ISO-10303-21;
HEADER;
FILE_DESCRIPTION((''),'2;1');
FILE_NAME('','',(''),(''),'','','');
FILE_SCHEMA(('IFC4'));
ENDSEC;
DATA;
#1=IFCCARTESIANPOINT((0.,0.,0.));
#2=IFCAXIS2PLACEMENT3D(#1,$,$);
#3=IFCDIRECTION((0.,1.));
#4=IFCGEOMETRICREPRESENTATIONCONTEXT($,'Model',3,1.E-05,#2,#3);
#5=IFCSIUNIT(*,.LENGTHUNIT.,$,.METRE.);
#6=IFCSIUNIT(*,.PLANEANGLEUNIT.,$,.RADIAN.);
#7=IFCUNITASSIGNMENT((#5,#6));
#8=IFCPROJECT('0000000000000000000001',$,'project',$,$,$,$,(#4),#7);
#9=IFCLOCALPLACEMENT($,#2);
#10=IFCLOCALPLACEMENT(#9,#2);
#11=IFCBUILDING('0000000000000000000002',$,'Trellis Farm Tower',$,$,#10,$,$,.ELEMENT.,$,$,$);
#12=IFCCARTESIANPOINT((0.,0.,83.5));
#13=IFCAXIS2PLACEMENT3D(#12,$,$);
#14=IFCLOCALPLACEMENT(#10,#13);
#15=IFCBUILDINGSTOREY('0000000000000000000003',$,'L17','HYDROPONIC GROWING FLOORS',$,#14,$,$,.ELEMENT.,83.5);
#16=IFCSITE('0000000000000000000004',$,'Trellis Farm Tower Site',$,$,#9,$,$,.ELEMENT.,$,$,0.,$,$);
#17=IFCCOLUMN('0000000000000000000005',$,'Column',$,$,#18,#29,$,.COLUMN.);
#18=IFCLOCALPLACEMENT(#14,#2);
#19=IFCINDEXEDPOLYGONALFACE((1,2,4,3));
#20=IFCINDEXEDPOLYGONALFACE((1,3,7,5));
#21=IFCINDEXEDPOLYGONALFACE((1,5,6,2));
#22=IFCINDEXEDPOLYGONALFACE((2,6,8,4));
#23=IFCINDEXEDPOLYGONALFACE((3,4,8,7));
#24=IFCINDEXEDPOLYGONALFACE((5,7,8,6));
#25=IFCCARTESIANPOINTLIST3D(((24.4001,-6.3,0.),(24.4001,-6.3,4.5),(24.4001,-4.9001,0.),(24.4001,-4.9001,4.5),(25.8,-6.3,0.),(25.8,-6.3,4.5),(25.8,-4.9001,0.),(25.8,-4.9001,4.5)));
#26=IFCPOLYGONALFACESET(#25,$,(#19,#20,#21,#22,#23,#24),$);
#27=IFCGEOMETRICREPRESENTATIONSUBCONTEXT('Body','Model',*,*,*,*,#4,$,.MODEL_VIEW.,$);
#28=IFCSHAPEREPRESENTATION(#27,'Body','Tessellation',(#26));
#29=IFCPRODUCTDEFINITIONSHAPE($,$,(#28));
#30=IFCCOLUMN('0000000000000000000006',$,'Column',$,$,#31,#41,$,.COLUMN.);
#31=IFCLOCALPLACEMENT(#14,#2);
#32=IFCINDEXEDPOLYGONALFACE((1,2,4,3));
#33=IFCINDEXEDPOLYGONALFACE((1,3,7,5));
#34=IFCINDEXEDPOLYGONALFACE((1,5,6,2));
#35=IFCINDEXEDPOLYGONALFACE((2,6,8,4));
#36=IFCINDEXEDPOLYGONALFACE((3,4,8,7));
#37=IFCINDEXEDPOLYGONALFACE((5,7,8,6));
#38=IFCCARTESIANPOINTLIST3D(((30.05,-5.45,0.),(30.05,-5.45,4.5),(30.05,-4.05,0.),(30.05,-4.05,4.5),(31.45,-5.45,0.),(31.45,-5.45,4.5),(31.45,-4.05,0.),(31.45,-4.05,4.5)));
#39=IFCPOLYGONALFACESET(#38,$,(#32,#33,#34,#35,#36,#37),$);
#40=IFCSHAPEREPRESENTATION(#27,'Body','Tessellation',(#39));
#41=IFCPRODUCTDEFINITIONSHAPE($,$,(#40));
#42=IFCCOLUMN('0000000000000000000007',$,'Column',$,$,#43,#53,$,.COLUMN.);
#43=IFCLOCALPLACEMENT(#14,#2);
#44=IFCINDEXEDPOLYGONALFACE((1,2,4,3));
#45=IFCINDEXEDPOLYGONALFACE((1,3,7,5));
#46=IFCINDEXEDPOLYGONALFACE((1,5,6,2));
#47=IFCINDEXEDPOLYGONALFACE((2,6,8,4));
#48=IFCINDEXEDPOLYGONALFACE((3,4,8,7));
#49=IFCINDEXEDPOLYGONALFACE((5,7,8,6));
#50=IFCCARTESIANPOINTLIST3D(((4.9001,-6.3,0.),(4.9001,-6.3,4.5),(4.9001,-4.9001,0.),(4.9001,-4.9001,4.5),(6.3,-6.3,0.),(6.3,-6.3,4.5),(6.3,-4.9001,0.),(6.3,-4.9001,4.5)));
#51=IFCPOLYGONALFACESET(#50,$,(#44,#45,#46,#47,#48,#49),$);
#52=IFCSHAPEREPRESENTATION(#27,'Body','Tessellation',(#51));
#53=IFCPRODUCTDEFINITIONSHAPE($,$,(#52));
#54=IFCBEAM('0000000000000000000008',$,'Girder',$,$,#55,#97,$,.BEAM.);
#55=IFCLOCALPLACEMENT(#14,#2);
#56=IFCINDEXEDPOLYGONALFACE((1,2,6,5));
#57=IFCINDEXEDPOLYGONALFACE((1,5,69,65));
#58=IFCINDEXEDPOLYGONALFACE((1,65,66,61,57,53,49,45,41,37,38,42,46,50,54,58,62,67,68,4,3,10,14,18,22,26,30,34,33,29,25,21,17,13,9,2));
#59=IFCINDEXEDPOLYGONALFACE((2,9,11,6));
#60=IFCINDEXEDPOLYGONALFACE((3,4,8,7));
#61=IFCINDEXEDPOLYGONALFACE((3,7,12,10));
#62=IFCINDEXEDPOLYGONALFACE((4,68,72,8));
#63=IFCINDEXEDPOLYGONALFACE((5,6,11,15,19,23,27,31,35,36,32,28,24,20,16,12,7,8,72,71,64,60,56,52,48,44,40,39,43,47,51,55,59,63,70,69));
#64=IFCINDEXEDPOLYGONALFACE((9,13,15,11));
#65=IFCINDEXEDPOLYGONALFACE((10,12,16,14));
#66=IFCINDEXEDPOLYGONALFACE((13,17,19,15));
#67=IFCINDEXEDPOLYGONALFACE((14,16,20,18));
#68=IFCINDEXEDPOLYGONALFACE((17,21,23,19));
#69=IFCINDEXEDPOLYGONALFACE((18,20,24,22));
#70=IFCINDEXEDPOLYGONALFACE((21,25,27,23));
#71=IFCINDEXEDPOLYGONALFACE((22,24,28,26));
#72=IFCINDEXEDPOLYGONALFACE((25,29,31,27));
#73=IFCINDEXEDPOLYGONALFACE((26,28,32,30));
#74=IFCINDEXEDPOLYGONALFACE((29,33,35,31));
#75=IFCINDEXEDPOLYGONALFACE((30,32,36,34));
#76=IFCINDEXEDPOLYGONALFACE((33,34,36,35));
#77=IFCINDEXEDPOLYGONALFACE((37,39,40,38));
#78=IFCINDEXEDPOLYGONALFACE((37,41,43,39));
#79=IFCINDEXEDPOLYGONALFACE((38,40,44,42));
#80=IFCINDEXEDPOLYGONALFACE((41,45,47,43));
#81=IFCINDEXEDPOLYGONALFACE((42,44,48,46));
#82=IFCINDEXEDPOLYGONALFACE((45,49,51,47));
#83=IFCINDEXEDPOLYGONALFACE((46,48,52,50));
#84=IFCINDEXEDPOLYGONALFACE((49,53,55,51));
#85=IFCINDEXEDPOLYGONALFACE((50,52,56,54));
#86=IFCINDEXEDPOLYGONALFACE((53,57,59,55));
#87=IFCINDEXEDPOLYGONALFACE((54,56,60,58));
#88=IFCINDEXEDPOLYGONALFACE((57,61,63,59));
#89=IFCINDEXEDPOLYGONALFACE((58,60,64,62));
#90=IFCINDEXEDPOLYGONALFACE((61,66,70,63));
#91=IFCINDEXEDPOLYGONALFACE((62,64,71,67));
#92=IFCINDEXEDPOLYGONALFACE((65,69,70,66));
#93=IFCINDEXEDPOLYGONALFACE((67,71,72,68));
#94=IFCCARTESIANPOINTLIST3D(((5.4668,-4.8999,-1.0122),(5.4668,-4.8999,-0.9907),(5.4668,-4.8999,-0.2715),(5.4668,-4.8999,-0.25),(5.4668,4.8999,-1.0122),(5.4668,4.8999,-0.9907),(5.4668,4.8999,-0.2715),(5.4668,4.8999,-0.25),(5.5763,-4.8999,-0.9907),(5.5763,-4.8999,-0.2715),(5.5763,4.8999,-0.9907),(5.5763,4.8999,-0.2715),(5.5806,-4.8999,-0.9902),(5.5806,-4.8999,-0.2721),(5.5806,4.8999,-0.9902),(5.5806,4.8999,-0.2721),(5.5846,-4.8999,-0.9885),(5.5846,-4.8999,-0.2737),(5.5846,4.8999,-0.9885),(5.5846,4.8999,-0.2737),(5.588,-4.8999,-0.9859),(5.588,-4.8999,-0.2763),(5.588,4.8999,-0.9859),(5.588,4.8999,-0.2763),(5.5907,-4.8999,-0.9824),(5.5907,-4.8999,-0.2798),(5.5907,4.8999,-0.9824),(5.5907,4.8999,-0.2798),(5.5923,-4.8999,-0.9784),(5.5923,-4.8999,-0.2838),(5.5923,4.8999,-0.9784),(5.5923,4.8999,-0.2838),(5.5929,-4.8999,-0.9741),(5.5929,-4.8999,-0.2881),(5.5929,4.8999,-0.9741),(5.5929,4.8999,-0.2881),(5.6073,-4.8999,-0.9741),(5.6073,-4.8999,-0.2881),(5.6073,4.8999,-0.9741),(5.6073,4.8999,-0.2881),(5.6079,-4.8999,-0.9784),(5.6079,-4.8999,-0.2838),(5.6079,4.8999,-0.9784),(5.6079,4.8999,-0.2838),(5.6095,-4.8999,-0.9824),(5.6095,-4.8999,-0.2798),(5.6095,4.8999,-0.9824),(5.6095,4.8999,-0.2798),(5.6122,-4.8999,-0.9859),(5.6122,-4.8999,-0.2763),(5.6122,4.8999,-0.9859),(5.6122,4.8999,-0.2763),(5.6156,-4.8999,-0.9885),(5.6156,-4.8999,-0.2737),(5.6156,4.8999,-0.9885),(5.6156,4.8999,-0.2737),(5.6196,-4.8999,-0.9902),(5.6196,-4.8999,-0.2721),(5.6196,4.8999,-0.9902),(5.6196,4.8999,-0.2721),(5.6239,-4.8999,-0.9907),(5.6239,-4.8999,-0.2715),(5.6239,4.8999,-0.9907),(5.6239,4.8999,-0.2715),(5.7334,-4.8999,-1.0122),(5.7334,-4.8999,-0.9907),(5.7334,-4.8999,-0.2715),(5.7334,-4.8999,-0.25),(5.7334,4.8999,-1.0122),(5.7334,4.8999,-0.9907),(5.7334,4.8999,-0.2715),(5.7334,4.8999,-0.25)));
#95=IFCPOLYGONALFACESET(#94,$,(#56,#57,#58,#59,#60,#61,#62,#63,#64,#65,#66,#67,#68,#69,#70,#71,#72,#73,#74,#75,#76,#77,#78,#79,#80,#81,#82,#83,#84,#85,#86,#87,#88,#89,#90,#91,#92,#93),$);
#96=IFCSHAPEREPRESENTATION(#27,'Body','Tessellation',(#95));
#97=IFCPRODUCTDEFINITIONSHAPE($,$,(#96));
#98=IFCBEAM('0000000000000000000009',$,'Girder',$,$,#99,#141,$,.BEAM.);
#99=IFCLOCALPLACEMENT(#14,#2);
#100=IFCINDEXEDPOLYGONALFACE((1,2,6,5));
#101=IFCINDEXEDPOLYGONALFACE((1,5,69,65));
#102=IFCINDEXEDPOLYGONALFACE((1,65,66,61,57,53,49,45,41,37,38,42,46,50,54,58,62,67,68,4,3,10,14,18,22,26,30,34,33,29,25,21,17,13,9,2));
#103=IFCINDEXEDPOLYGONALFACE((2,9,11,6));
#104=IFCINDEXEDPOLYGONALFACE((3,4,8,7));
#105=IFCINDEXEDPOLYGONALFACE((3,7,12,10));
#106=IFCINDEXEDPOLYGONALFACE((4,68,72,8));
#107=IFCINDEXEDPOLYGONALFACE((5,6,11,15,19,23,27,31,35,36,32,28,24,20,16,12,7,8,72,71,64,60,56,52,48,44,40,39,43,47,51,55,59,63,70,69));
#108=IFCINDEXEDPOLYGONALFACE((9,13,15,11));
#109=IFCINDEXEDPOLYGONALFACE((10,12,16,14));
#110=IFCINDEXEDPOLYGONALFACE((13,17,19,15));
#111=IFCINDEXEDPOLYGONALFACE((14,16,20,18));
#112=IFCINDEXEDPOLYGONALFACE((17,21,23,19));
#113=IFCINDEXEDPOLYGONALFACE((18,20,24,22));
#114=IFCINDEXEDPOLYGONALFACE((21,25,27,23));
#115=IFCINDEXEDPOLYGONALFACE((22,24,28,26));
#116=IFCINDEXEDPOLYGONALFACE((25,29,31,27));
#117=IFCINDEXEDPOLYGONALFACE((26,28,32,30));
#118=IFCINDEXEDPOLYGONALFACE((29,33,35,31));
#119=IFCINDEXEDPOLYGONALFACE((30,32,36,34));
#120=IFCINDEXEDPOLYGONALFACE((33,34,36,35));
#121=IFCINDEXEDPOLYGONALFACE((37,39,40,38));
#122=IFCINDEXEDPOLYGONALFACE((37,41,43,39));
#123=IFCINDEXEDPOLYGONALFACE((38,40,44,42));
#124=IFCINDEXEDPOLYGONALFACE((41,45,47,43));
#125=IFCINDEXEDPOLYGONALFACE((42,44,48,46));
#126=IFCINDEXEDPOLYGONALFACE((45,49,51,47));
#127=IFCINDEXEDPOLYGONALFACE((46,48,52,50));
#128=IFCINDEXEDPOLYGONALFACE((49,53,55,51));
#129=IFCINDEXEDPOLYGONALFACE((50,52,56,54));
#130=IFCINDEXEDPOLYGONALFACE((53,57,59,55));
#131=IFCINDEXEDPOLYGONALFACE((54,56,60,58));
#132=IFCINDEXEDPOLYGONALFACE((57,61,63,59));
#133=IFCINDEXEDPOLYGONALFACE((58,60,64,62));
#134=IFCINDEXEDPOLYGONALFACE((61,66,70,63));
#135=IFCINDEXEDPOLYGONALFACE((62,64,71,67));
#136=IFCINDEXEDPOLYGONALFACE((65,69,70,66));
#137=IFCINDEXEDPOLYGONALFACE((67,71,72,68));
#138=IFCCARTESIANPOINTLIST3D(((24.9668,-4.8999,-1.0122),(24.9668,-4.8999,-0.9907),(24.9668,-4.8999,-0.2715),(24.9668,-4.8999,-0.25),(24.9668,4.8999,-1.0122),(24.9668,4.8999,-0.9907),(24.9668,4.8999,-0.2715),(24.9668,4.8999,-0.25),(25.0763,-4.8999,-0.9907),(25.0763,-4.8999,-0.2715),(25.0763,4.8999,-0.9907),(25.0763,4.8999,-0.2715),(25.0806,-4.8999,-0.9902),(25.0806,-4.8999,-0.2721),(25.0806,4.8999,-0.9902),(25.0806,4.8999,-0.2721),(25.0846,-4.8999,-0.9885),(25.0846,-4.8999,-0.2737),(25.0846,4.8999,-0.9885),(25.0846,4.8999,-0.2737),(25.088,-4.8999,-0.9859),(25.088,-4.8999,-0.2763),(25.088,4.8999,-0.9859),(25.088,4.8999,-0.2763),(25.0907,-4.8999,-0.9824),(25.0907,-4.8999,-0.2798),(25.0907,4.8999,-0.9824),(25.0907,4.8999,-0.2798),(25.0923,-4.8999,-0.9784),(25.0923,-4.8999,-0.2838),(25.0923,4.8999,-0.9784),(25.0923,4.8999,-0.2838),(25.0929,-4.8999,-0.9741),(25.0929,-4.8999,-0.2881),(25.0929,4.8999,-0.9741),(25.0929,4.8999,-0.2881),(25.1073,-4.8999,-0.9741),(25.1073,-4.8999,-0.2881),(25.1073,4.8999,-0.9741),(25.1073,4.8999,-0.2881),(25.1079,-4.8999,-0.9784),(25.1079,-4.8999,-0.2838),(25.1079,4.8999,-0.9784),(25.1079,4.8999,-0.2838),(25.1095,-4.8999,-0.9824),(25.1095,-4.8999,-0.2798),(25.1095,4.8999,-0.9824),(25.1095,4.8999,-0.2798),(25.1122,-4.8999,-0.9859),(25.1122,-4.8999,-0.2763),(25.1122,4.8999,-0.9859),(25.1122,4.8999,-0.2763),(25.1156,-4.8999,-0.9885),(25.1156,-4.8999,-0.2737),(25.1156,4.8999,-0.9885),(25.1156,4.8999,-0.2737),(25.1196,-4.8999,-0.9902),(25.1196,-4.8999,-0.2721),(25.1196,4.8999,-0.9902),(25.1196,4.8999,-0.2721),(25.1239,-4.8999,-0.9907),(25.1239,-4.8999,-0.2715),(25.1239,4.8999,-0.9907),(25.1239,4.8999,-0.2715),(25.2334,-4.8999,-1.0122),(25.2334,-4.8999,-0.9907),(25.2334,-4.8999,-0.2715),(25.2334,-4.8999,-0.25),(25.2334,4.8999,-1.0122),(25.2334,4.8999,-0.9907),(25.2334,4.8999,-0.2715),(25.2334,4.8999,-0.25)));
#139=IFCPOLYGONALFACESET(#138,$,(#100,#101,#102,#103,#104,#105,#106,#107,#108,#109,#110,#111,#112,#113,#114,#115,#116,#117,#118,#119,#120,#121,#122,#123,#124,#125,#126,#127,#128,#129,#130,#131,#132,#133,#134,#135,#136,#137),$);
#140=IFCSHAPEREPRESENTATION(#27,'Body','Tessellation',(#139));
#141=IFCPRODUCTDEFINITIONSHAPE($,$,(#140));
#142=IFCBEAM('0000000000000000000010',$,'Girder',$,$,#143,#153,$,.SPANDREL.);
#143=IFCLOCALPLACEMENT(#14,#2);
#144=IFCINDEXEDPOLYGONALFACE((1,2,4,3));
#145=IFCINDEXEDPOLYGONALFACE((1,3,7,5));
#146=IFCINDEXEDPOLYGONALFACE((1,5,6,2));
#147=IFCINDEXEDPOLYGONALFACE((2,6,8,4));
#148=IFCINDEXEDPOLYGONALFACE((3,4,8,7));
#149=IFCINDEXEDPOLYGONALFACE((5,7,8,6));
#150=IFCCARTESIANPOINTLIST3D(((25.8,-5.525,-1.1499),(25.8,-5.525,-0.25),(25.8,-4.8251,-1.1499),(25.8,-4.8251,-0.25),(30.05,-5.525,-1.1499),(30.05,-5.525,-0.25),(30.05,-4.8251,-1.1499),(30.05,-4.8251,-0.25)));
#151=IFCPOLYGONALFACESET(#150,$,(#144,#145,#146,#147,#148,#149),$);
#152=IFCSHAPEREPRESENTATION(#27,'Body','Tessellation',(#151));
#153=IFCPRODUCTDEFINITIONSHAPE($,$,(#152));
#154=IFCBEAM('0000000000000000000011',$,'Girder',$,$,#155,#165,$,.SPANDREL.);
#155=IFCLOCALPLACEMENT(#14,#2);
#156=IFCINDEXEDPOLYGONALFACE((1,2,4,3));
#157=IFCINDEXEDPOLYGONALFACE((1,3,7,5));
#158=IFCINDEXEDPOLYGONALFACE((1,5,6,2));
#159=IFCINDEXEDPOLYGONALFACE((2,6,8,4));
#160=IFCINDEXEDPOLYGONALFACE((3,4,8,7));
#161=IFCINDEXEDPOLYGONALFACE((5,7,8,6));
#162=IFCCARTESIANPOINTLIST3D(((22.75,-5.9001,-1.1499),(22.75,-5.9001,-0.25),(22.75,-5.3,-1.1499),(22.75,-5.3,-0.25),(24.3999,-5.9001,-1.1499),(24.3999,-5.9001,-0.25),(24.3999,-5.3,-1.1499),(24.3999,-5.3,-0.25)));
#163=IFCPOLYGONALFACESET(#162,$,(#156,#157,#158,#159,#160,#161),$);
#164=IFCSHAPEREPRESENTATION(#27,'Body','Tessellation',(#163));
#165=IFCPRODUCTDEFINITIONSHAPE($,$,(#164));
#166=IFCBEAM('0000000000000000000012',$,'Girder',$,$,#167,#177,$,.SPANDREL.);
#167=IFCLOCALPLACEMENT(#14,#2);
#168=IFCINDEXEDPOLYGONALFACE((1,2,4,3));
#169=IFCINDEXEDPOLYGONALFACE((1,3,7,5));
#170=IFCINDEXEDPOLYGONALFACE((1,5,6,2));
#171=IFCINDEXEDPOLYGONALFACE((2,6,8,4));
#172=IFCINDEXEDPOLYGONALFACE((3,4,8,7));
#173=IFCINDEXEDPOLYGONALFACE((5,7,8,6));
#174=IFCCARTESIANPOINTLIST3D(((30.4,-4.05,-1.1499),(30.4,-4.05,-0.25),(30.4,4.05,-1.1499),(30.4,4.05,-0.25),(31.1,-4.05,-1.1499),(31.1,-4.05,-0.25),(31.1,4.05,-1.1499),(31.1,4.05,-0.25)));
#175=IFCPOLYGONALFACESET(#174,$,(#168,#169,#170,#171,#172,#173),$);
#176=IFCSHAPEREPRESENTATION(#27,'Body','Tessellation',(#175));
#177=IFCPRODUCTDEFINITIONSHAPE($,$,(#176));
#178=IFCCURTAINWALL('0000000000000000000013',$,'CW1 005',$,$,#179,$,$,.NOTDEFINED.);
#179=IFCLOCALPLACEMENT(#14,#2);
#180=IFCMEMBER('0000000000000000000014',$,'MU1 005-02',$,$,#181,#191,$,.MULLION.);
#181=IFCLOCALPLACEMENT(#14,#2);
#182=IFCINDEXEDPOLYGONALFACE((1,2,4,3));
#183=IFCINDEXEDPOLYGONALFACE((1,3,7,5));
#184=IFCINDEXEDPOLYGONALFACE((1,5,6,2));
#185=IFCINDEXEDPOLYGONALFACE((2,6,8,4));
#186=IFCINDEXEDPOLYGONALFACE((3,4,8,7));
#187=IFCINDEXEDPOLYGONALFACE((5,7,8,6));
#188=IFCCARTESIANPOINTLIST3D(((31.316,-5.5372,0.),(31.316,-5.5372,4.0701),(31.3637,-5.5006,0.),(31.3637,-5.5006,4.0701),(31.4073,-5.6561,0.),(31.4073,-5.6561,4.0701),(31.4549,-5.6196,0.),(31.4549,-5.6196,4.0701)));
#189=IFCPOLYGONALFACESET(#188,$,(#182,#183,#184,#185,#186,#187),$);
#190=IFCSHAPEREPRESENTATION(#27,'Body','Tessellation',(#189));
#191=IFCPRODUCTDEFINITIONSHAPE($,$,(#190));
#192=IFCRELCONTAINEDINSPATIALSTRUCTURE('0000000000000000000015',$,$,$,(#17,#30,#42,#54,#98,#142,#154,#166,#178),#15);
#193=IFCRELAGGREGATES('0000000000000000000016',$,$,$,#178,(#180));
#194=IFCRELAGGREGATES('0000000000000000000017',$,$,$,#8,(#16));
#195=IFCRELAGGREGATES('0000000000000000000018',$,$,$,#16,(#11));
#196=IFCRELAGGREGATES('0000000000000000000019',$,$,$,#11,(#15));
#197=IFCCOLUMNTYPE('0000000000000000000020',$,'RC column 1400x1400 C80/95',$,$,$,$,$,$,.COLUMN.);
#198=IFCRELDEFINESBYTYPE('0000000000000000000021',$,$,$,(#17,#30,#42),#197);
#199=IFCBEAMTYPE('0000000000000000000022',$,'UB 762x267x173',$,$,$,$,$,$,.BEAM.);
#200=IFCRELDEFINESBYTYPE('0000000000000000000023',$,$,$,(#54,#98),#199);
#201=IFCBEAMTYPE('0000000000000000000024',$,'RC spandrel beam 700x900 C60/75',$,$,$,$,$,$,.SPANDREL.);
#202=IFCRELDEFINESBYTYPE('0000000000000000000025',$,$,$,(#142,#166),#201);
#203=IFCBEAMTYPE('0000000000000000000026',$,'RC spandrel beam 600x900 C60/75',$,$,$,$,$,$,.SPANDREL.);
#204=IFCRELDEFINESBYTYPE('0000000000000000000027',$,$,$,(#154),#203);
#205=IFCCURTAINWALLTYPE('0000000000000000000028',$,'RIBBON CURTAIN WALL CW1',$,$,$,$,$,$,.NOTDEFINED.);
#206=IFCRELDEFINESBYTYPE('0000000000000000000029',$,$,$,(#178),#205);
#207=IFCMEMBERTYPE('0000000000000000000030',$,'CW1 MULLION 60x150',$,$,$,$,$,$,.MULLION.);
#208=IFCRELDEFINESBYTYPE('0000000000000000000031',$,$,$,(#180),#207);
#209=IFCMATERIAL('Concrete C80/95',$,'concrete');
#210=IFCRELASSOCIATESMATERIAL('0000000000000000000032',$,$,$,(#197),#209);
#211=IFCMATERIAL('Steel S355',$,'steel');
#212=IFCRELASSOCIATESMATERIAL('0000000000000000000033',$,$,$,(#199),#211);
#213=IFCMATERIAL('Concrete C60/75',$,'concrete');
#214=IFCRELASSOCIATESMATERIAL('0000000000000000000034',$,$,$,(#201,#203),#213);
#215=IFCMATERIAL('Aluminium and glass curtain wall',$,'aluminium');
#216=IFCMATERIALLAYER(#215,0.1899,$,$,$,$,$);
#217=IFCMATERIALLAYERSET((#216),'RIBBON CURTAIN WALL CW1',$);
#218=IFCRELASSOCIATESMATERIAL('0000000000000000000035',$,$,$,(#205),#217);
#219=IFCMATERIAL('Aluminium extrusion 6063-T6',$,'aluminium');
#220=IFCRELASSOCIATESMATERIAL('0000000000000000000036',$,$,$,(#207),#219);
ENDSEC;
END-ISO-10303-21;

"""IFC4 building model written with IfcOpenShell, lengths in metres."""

from ifc_helpers import new_model, si_unit, direction, frame, origin, origin_2d, place, context, subcontext, project, spatial, rectangle, i_section, extrude, source, transform, mapped, material, layer, layer_set, material_profile, profile_set, type_object, element, aggregate, save


model = new_model("IFC4")

# Units and contexts
model_context = context("Model", 3, precision=1e-05, world=origin(), true_north=direction((0.0, 1.0)))
body_context = subcontext(model_context, "Body", "Model", "MODEL_VIEW")
ifc_project = project(units=[si_unit("LENGTHUNIT", "METRE"), si_unit("PLANEANGLEUNIT", "RADIAN")], contexts=[model_context])

# Site, building, storey
site_placement = place(None, origin())
site = spatial("IfcSite", under=ifc_project, at=site_placement, Name="Trellis Farm Tower Site", CompositionType="ELEMENT", RefElevation=0.0)
building_placement = place(site_placement, origin())
building = spatial("IfcBuilding", under=site, at=building_placement, Name="Trellis Farm Tower", CompositionType="ELEMENT")
storey_placement = place(building_placement, frame((0.0, 0.0, 83.5)))
storey = spatial("IfcBuildingStorey", under=building, at=storey_placement, Name="L17", Description="HYDROPONIC GROWING FLOORS", CompositionType="ELEMENT", Elevation=83.5)

# Columns
ifc_material_1 = material(Name="Concrete C80/95", Category="concrete")
ifc_material_profile_1 = material_profile(ifc_material_1, rectangle(XDim=1.3999, YDim=1.3999, at=origin_2d()), Name="RC column 1400x1400 C80/95")
ifc_profile_set_1 = profile_set([ifc_material_profile_1], Name="Concrete C80/95")
column_type = type_object("IfcColumnType", Name="RC column 1400x1400 C80/95", PredefinedType="COLUMN", material=ifc_profile_set_1)
shared_shape_1 = source(origin(), body_context, "Body", "SweptSolid", [
    extrude(rectangle(XDim=1.3999, YDim=1.3999, at=origin_2d()), origin(), (0.0, 0.0, 1.0), 4.5),
])
for number, where, z_axis, x_axis, name in (
    (1, (25.1001, -5.6001, 0.0), (0.0, 0.0, 1.0), (1.0, 0.0, 0.0), "Column"),
    (2, (30.75, -4.75, 0.0), (0.0, 0.0, 1.0), (1.0, 0.0, 0.0), "Column"),
    (3, (5.6001, -5.6001, 0.0), (0.0, 0.0, 1.0), (1.0, 0.0, 0.0), "Column"),
):
    element("IfcColumn", number, at=place(storey_placement, frame(where, z_axis=z_axis, x_axis=x_axis)), inside=storey, type_object=column_type, Name=name, PredefinedType="COLUMN", context=body_context, shape_type="MappedRepresentation", body=[
        mapped(shared_shape_1, transform((0.0, 0.0, 0.0))),
    ])

# Beams
ifc_material_2 = material(Name="Steel S355", Category="steel")
ifc_material_profile_2 = material_profile(ifc_material_2, i_section(OverallWidth=0.2666, OverallDepth=0.7622, WebThickness=0.0144, FlangeThickness=0.0215, FilletRadius=0.0166, at=origin_2d()), Name="UB 762x267x173")
ifc_profile_set_2 = profile_set([ifc_material_profile_2], Name="Steel S355")
beam_type_1 = type_object("IfcBeamType", Name="UB 762x267x173", PredefinedType="BEAM", material=ifc_profile_set_2)
shared_shape_2 = source(origin(), body_context, "Body", "SweptSolid", [
    extrude(i_section(OverallWidth=0.2666, OverallDepth=0.7622, WebThickness=0.0144, FlangeThickness=0.0215, FilletRadius=0.0166, at=origin_2d()), origin(), (0.0, 0.0, 1.0), 9.7998),
])
for number, where, z_axis, x_axis, name in (
    (4, (5.6001, -4.8999, -0.6311), (0.0, 1.0, 0.0), (-1.0, 0.0, 0.0), "Girder"),
    (5, (25.1001, -4.8999, -0.6311), (0.0, 1.0, 0.0), (-1.0, 0.0, 0.0), "Girder"),
):
    element("IfcBeam", number, at=place(storey_placement, frame(where, z_axis=z_axis, x_axis=x_axis)), inside=storey, type_object=beam_type_1, Name=name, PredefinedType="BEAM", context=body_context, shape_type="MappedRepresentation", body=[
        mapped(shared_shape_2, transform((0.0, 0.0, 0.0))),
    ])
ifc_material_3 = material(Name="Concrete C60/75", Category="concrete")
ifc_material_profile_3 = material_profile(ifc_material_3, rectangle(XDim=0.7, YDim=0.8999, at=origin_2d()), Name="RC spandrel beam 700x900 C60/75")
ifc_profile_set_3 = profile_set([ifc_material_profile_3], Name="Concrete C60/75")
beam_type_2 = type_object("IfcBeamType", Name="RC spandrel beam 700x900 C60/75", PredefinedType="SPANDREL", material=ifc_profile_set_3)
shared_shape_3 = source(origin(), body_context, "Body", "SweptSolid", [
    extrude(rectangle(XDim=0.7, YDim=0.8999, at=origin_2d()), origin(), (0.0, 0.0, 1.0), 4.25),
])
beam_1_placement = place(storey_placement, frame((25.8, -5.175, -0.7), z_axis=(1.0, 0.0, 0.0), x_axis=(0.0, 1.0, 0.0)))
element("IfcBeam", 6, at=beam_1_placement, inside=storey, type_object=beam_type_2, Name="Girder", PredefinedType="SPANDREL", context=body_context, shape_type="MappedRepresentation", body=[
    mapped(shared_shape_3, transform((0.0, 0.0, 0.0))),
])
ifc_material_profile_4 = material_profile(ifc_material_3, rectangle(XDim=0.6001, YDim=0.8999, at=origin_2d()), Name="RC spandrel beam 600x900 C60/75")
ifc_profile_set_4 = profile_set([ifc_material_profile_4], Name="Concrete C60/75")
beam_type_3 = type_object("IfcBeamType", Name="RC spandrel beam 600x900 C60/75", PredefinedType="SPANDREL", material=ifc_profile_set_4)
shared_shape_4 = source(origin(), body_context, "Body", "SweptSolid", [
    extrude(rectangle(XDim=0.6001, YDim=0.8999, at=origin_2d()), origin(), (0.0, 0.0, 1.0), 1.6499),
])
beam_2_placement = place(storey_placement, frame((22.75, -5.6001, -0.7), z_axis=(1.0, 0.0, 0.0), x_axis=(0.0, 1.0, 0.0)))
element("IfcBeam", 7, at=beam_2_placement, inside=storey, type_object=beam_type_3, Name="Girder", PredefinedType="SPANDREL", context=body_context, shape_type="MappedRepresentation", body=[
    mapped(shared_shape_4, transform((0.0, 0.0, 0.0))),
])
shared_shape_5 = source(origin(), body_context, "Body", "SweptSolid", [
    extrude(rectangle(XDim=0.7, YDim=0.8999, at=origin_2d()), origin(), (0.0, 0.0, 1.0), 8.1001),
])
beam_3_placement = place(storey_placement, frame((30.75, -4.05, -0.7), z_axis=(0.0, 1.0, 0.0), x_axis=(-1.0, 0.0, 0.0)))
element("IfcBeam", 8, at=beam_3_placement, inside=storey, type_object=beam_type_2, Name="Girder", PredefinedType="SPANDREL", context=body_context, shape_type="MappedRepresentation", body=[
    mapped(shared_shape_5, transform((0.0, 0.0, 0.0))),
])

# Curtain wall, member
ifc_material_4 = material(Name="Aluminium and glass curtain wall", Category="aluminium")
ifc_layer_1 = layer(ifc_material_4, 0.1899)
ifc_layer_set_1 = layer_set([ifc_layer_1], Name="RIBBON CURTAIN WALL CW1")
curtain_wall_type = type_object("IfcCurtainWallType", Name="RIBBON CURTAIN WALL CW1", PredefinedType="NOTDEFINED", material=ifc_layer_set_1)
placement = place(storey_placement, origin())
curtain_wall = element("IfcCurtainWall", 9, at=placement, inside=storey, type_object=curtain_wall_type, Name="CW1 005", PredefinedType="NOTDEFINED")
ifc_material_5 = material(Name="Aluminium extrusion 6063-T6", Category="aluminium")
ifc_material_profile_5 = material_profile(ifc_material_5, rectangle(XDim=0.0601, YDim=0.1499, at=origin_2d()), Name="MULLION 60x150")
ifc_profile_set_5 = profile_set([ifc_material_profile_5], Name="Aluminium extrusion 6063-T6")
member_type = type_object("IfcMemberType", Name="CW1 MULLION 60x150", PredefinedType="MULLION", material=ifc_profile_set_5)
shared_shape_6 = source(origin(), body_context, "Body", "SweptSolid", [
    extrude(rectangle(XDim=0.0601, YDim=0.1499, at=origin_2d()), origin(), (0.0, 0.0, 1.0), 4.0701),
])
member_placement = place(storey_placement, frame((31.3855, -5.5784, 0.0), z_axis=(0.0, 0.0, 1.0), x_axis=(0.793353, 0.608761, 0.0)))
member = element("IfcMember", 10, at=member_placement, type_object=member_type, Name="MU1 005-02", PredefinedType="MULLION", context=body_context, shape_type="MappedRepresentation", body=[
    mapped(shared_shape_6, transform((0.0, 0.0, 0.0))),
])
aggregate(curtain_wall, [member])

save(model, "model.ifc")
